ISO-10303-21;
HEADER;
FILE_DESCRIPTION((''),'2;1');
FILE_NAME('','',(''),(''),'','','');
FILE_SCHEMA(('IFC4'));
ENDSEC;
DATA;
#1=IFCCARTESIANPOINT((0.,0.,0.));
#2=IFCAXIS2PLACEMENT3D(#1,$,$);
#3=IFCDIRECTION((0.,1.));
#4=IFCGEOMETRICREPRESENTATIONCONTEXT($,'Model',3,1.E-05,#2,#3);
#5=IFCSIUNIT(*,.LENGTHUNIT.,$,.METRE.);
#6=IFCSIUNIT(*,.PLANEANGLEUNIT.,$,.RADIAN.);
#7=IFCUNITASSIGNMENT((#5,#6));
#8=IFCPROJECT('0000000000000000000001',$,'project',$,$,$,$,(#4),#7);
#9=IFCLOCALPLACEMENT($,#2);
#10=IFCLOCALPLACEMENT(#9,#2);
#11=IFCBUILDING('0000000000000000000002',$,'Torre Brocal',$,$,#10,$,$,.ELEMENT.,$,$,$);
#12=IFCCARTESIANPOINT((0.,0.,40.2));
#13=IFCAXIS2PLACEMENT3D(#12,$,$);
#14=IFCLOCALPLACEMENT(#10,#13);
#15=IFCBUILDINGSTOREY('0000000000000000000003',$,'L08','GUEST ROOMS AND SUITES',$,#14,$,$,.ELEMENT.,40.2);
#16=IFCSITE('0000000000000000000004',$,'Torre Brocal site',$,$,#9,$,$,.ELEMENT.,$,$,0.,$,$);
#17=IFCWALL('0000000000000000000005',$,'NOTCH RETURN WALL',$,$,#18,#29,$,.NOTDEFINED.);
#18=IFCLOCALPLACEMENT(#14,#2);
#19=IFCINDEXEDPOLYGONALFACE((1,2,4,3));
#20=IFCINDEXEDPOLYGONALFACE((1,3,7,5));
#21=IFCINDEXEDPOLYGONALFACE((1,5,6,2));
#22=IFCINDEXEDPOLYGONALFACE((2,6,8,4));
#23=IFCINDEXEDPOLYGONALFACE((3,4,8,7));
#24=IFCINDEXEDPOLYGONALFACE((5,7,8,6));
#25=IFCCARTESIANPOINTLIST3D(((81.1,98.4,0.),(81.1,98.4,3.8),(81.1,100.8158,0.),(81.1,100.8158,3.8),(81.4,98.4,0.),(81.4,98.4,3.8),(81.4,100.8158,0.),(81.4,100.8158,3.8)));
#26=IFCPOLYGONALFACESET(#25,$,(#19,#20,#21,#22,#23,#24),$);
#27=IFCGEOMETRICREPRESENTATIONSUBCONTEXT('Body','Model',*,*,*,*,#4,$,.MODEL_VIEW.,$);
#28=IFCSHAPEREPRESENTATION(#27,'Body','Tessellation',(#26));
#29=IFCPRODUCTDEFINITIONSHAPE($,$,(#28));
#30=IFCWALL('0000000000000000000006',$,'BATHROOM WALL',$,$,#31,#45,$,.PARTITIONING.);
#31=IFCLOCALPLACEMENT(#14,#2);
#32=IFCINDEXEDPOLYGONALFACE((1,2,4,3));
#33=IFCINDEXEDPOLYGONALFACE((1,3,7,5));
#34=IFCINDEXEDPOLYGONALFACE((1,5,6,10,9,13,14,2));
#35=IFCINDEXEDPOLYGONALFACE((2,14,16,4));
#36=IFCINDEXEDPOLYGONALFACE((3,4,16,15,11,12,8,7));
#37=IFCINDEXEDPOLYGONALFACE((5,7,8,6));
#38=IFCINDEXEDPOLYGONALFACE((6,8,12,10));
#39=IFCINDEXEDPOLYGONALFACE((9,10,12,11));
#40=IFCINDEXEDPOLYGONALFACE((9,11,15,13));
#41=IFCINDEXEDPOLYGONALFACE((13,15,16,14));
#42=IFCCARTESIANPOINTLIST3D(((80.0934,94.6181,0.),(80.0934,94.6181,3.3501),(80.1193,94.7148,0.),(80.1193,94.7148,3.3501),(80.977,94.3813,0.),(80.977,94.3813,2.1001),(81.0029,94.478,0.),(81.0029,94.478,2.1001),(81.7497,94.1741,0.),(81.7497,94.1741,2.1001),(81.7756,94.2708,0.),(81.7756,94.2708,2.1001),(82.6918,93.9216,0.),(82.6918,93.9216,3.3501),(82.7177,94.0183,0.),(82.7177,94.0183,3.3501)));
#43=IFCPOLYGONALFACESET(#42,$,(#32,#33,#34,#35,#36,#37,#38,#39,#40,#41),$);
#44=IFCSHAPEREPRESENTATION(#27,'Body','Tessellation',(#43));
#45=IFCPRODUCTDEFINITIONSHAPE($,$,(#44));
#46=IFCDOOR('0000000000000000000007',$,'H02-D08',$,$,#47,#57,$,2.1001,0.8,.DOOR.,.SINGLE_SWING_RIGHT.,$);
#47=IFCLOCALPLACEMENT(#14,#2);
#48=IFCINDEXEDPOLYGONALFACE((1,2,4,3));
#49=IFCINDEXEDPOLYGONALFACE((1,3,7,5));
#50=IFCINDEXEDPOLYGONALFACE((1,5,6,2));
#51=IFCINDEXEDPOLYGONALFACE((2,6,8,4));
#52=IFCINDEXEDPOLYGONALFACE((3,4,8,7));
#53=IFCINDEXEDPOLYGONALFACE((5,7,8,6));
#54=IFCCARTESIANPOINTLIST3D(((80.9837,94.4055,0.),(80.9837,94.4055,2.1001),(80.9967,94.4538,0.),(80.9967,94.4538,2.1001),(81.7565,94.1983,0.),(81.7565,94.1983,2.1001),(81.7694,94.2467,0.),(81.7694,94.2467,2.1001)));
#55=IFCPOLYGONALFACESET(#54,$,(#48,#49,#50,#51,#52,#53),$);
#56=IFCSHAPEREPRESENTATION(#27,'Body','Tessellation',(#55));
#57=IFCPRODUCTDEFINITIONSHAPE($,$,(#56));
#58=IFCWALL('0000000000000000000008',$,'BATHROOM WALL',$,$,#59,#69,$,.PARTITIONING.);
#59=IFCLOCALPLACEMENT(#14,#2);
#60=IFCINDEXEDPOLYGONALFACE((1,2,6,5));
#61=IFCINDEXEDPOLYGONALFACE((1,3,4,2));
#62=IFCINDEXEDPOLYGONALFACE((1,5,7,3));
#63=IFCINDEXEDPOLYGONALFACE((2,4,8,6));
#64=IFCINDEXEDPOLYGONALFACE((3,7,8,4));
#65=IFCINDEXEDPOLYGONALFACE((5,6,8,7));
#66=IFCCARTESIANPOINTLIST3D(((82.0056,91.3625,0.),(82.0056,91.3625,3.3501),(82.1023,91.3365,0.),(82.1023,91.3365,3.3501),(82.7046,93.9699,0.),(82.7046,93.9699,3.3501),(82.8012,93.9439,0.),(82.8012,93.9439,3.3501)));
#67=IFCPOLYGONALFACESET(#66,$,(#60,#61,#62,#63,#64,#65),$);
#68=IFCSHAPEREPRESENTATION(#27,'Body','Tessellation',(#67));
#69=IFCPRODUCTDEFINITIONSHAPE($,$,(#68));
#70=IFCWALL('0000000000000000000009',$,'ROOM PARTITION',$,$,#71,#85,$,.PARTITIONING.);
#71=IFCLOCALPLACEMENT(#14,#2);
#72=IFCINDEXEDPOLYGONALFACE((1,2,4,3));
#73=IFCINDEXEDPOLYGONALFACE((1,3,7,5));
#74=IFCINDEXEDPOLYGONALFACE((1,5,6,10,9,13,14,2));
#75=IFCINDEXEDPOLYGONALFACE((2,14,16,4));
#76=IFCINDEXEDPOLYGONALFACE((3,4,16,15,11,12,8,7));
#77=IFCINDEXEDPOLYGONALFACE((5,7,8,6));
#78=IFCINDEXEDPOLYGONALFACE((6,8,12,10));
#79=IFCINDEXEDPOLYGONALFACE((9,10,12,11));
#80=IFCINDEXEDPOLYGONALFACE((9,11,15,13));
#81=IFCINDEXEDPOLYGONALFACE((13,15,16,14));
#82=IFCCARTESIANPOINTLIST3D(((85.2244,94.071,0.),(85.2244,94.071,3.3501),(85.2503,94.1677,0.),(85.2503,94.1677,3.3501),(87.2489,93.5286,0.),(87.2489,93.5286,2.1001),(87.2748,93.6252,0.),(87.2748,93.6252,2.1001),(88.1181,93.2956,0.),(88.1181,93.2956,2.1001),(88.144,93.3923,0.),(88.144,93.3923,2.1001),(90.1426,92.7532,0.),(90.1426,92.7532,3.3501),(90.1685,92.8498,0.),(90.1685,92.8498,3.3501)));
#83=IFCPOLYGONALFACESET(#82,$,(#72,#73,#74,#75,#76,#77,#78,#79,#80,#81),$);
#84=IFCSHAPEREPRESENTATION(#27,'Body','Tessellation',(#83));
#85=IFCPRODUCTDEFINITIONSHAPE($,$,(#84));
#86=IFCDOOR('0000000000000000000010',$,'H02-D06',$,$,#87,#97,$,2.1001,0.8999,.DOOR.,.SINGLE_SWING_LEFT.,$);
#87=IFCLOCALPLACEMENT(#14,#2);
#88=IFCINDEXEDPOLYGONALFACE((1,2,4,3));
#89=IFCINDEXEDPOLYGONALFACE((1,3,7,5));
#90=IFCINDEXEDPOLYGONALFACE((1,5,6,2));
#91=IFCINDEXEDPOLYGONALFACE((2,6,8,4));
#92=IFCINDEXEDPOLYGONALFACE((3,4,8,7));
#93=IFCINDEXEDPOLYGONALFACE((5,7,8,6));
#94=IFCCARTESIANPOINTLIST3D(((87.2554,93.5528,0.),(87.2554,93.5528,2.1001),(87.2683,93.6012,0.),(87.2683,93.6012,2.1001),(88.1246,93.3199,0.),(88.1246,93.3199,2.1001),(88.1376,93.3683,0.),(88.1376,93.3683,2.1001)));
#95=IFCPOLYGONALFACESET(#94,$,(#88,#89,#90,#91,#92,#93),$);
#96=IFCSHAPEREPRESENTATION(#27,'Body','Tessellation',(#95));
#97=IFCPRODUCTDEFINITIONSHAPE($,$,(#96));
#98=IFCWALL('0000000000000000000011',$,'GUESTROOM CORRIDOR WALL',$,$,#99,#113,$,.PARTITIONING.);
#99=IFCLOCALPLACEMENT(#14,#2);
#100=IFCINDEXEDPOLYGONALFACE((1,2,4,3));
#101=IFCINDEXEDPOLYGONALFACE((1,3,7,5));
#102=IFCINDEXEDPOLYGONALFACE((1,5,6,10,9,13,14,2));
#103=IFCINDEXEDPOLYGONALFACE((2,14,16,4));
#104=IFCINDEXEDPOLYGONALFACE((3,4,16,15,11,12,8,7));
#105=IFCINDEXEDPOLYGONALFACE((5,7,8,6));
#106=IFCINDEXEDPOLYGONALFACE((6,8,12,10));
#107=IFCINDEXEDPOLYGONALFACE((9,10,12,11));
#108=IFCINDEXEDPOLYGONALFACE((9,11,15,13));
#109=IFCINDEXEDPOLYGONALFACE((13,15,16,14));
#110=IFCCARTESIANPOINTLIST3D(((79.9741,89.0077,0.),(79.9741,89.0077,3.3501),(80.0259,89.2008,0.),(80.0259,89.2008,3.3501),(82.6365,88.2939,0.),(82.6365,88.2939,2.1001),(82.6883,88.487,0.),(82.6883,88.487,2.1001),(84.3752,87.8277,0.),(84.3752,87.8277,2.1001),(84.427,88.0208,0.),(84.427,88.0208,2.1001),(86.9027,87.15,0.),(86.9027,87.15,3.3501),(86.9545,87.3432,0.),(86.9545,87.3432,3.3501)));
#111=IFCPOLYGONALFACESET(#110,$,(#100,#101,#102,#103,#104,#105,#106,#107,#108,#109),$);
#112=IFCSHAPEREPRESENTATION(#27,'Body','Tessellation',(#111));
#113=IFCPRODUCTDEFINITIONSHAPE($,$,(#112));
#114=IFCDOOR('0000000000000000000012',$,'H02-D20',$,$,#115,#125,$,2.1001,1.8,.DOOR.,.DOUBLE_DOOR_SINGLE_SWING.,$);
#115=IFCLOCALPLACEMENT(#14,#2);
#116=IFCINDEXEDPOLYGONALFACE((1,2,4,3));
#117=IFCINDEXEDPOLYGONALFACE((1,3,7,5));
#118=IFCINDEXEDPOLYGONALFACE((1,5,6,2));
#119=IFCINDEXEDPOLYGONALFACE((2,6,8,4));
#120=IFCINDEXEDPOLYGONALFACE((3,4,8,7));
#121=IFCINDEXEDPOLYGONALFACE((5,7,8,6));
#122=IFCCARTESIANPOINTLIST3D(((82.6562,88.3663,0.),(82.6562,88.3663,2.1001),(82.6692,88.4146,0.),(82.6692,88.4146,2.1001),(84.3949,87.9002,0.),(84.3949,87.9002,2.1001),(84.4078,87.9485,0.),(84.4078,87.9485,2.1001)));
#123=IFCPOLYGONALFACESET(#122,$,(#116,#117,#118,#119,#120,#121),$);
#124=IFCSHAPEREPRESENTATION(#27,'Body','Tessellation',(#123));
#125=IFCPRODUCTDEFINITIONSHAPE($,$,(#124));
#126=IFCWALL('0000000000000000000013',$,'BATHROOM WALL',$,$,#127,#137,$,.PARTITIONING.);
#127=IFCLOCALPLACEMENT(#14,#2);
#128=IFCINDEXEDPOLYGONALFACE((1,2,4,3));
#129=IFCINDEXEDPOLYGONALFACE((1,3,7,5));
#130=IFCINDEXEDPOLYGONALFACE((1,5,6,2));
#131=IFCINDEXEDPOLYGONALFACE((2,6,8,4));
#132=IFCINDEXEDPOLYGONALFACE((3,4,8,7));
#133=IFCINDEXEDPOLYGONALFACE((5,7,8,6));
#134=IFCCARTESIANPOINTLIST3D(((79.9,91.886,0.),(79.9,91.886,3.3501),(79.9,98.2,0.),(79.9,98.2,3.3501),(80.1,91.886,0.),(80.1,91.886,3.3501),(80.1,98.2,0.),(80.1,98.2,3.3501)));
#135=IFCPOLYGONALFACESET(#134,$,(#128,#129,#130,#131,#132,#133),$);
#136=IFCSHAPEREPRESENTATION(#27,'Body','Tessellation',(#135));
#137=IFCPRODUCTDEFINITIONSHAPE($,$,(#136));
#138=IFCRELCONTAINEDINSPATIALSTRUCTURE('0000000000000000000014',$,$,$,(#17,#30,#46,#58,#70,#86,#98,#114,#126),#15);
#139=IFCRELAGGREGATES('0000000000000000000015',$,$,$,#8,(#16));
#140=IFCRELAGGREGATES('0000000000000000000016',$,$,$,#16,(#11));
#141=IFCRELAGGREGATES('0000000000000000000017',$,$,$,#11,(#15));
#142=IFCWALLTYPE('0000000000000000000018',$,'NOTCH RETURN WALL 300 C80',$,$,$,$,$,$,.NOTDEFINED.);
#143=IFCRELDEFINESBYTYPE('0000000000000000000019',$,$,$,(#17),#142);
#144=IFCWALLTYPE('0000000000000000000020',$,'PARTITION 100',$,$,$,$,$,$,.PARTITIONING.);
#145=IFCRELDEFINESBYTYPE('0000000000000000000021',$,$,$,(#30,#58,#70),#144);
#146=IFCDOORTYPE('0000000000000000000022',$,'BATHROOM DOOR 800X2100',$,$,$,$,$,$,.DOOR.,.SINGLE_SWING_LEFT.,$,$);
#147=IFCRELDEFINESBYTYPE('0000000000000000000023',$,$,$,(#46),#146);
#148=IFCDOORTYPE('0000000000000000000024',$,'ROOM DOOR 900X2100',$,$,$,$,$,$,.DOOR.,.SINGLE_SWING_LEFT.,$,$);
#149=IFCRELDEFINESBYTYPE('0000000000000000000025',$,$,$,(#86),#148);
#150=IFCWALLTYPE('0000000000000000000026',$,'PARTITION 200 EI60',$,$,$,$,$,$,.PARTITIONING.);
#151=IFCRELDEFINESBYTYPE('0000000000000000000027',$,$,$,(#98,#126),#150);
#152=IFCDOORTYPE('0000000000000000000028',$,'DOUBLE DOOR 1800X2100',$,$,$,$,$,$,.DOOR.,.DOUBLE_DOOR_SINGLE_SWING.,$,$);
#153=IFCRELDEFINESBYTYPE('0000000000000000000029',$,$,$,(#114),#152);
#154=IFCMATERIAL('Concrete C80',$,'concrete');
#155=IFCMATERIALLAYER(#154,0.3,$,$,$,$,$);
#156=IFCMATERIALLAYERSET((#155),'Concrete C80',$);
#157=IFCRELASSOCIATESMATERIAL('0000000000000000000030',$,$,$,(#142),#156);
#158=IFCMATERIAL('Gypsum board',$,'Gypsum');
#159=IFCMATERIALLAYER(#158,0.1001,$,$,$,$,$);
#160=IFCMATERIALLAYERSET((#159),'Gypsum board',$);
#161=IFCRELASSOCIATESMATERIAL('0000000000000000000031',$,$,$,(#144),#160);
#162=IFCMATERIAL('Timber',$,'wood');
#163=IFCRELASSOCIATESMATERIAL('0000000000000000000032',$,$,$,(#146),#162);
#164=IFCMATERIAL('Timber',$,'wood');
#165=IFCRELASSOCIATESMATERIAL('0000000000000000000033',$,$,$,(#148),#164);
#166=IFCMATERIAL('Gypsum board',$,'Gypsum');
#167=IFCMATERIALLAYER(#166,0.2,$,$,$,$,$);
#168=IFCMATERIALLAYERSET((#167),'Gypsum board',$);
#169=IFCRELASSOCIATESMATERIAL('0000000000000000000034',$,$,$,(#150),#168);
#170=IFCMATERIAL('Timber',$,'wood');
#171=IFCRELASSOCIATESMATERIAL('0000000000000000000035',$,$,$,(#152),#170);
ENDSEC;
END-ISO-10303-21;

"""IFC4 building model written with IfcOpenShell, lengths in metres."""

from ifc_helpers import new_model, si_unit, direction, frame, frame_2d, origin, place, context, subcontext, project, spatial, rectangle, extrude, material, layer, layer_set, type_object, element, fill, save


model = new_model("IFC4")

# Units and contexts
model_context = context("Model", 3, precision=1e-05, world=origin(), true_north=direction((0.0, 1.0)))
body_context = subcontext(model_context, "Body", "Model", "MODEL_VIEW")
ifc_project = project(units=[si_unit("LENGTHUNIT", "METRE"), si_unit("PLANEANGLEUNIT", "RADIAN")], contexts=[model_context])

# Site, building, storey
site_placement = place(None, origin())
site = spatial("IfcSite", under=ifc_project, at=site_placement, Name="Torre Brocal site", CompositionType="ELEMENT", RefElevation=0.0)
building_placement = place(site_placement, origin())
building = spatial("IfcBuilding", under=site, at=building_placement, Name="Torre Brocal", CompositionType="ELEMENT")
storey_placement = place(building_placement, frame((0.0, 0.0, 40.2)))
storey = spatial("IfcBuildingStorey", under=building, at=storey_placement, Name="L08", Description="GUEST ROOMS AND SUITES", CompositionType="ELEMENT", Elevation=40.2)

# Wall
ifc_material_1 = material(Name="Concrete C80", Category="concrete")
ifc_layer_1 = layer(ifc_material_1, 0.3)
ifc_layer_set_1 = layer_set([ifc_layer_1], Name="Concrete C80")
wall_type_1 = type_object("IfcWallType", Name="NOTCH RETURN WALL 300 C80", PredefinedType="NOTDEFINED", material=ifc_layer_set_1)
wall_1_placement = place(storey_placement, frame((81.25, 98.3999, 0.0), z_axis=(0.0, 0.0, 1.0), x_axis=(0.0, 1.0, 0.0)))
element("IfcWall", 1, at=wall_1_placement, inside=storey, type_object=wall_type_1, Name="NOTCH RETURN WALL", PredefinedType="NOTDEFINED", context=body_context, shape_type="SweptSolid", body=[
    extrude(rectangle(XDim=2.4158, YDim=0.3, at=frame_2d((1.208, 0.0))), origin(), (0.0, 0.0, 1.0), 3.8),
])

# Wall, opening, door
ifc_material_2 = material(Name="Gypsum board", Category="Gypsum")
ifc_layer_2 = layer(ifc_material_2, 0.1001)
ifc_layer_set_2 = layer_set([ifc_layer_2], Name="Gypsum board")
wall_type_2 = type_object("IfcWallType", Name="PARTITION 100", PredefinedType="PARTITIONING", material=ifc_layer_set_2)
wall_2_placement = place(storey_placement, frame((80.1062, 94.6665, 0.0), z_axis=(0.0, 0.0, 1.0), x_axis=(0.965898, -0.258922, 0.0)))
wall_2 = element("IfcWall", 2, at=wall_2_placement, inside=storey, type_object=wall_type_2, Name="BATHROOM WALL", PredefinedType="PARTITIONING", context=body_context, shape_type="SweptSolid", body=[
    extrude(rectangle(XDim=2.6902, YDim=0.1001, at=frame_2d((1.3452, 0.0))), origin(), (0.0, 0.0, 1.0), 3.3501),
])
opening_1_placement = place(wall_2_placement, frame((0.915, 0.0, 0.0)))
opening_1 = element("IfcOpeningElement", 3, at=opening_1_placement, cuts=wall_2, PredefinedType="OPENING", context=body_context, shape_type="SweptSolid", body=[
    extrude(rectangle(XDim=0.8, YDim=2.1001, at=frame_2d((0.3999, 1.05))), frame((0.0, 0.0601, 0.0), z_axis=(0.0, -1.0, 0.0), x_axis=(1.0, 0.0, 0.0)), (0.0, 0.0, 1.0), 0.1201),
])
ifc_material_3 = material(Name="Timber", Category="wood")
door_type_1 = type_object("IfcDoorType", Name="BATHROOM DOOR 800X2100", OperationType="SINGLE_SWING_LEFT", PredefinedType="DOOR", material=ifc_material_3)
door_1_placement = place(opening_1_placement, frame((0.8, 0.0, 0.0), z_axis=(0.0, 0.0, 1.0), x_axis=(-1.0, 0.0, 0.0)))
door_1 = element("IfcDoor", 4, at=door_1_placement, inside=storey, type_object=door_type_1, Name="H02-D08", OperationType="SINGLE_SWING_RIGHT", OverallHeight=2.1001, OverallWidth=0.8, PredefinedType="DOOR", context=body_context, shape_type="SweptSolid", body=[
    extrude(rectangle(XDim=0.8, YDim=2.1001, at=frame_2d((0.3999, 1.05))), frame((0.0, 0.0249, 0.0), z_axis=(0.0, -1.0, 0.0), x_axis=(1.0, 0.0, 0.0)), (0.0, 0.0, 1.0), 0.05),
])
fill(opening_1, door_1)

# Wall
wall_3_placement = place(storey_placement, frame((82.054, 91.3496, 0.0), z_axis=(0.0, 0.0, 1.0), x_axis=(0.258929, 0.965896, 0.0)))
element("IfcWall", 5, at=wall_3_placement, inside=storey, type_object=wall_type_2, Name="BATHROOM WALL", PredefinedType="PARTITIONING", context=body_context, shape_type="SweptSolid", body=[
    extrude(rectangle(XDim=2.6995, YDim=0.1001, at=frame_2d((1.3496, 0.0))), origin(), (0.0, 0.0, 1.0), 3.3501),
])

# Walls, openings, doors
wall_4_placement = place(storey_placement, frame((85.2373, 94.1194, 0.0), z_axis=(0.0, 0.0, 1.0), x_axis=(0.965924, -0.258826, 0.0)))
wall_4 = element("IfcWall", 6, at=wall_4_placement, inside=storey, type_object=wall_type_2, Name="ROOM PARTITION", PredefinedType="PARTITIONING", context=body_context, shape_type="SweptSolid", body=[
    extrude(rectangle(XDim=5.0918, YDim=0.1001, at=frame_2d((2.5459, 0.0))), origin(), (0.0, 0.0, 1.0), 3.3501),
])
opening_2_placement = place(wall_4_placement, frame((2.0959, 0.0, 0.0)))
opening_2 = element("IfcOpeningElement", 7, at=opening_2_placement, cuts=wall_4, PredefinedType="OPENING", context=body_context, shape_type="SweptSolid", body=[
    extrude(rectangle(XDim=0.8999, YDim=2.1001, at=frame_2d((0.45, 1.05))), frame((0.0, 0.0601, 0.0), z_axis=(0.0, -1.0, 0.0), x_axis=(1.0, 0.0, 0.0)), (0.0, 0.0, 1.0), 0.1201),
])
ifc_material_4 = material(Name="Timber", Category="wood")
door_type_2 = type_object("IfcDoorType", Name="ROOM DOOR 900X2100", OperationType="SINGLE_SWING_LEFT", PredefinedType="DOOR", material=ifc_material_4)
door_2_placement = place(opening_2_placement, frame((0.8999, 0.0, 0.0), z_axis=(0.0, 0.0, 1.0), x_axis=(-1.0, 0.0, 0.0)))
door_2 = element("IfcDoor", 8, at=door_2_placement, inside=storey, type_object=door_type_2, Name="H02-D06", OperationType="SINGLE_SWING_LEFT", OverallHeight=2.1001, OverallWidth=0.8999, PredefinedType="DOOR", context=body_context, shape_type="SweptSolid", body=[
    extrude(rectangle(XDim=0.8999, YDim=2.1001, at=frame_2d((0.45, 1.05))), frame((0.0, 0.0249, 0.0), z_axis=(0.0, -1.0, 0.0), x_axis=(1.0, 0.0, 0.0)), (0.0, 0.0, 1.0), 0.05),
])
fill(opening_2, door_2)
ifc_material_5 = material(Name="Gypsum board", Category="Gypsum")
ifc_layer_3 = layer(ifc_material_5, 0.2)
ifc_layer_set_3 = layer_set([ifc_layer_3], Name="Gypsum board")
wall_type_3 = type_object("IfcWallType", Name="PARTITION 200 EI60", PredefinedType="PARTITIONING", material=ifc_layer_set_3)
wall_5_placement = place(storey_placement, frame((80.0, 89.1042, 0.0), z_axis=(0.0, 0.0, 1.0), x_axis=(0.965887, -0.258965, 0.0)))
wall_5 = element("IfcWall", 9, at=wall_5_placement, inside=storey, type_object=wall_type_3, Name="GUESTROOM CORRIDOR WALL", PredefinedType="PARTITIONING", context=body_context, shape_type="SweptSolid", body=[
    extrude(rectangle(XDim=7.1733, YDim=0.2, at=frame_2d((3.5867, 0.0))), origin(), (0.0, 0.0, 1.0), 3.3501),
])
opening_3_placement = place(wall_5_placement, frame((2.7566, 0.0, 0.0)))
opening_3 = element("IfcOpeningElement", 10, at=opening_3_placement, cuts=wall_5, PredefinedType="OPENING", context=body_context, shape_type="SweptSolid", body=[
    extrude(rectangle(XDim=1.8, YDim=2.1001, at=frame_2d((0.8999, 1.05))), frame((0.0, 0.1099, 0.0), z_axis=(0.0, -1.0, 0.0), x_axis=(1.0, 0.0, 0.0)), (0.0, 0.0, 1.0), 0.22),
])
ifc_material_6 = material(Name="Timber", Category="wood")
door_type_3 = type_object("IfcDoorType", Name="DOUBLE DOOR 1800X2100", OperationType="DOUBLE_DOOR_SINGLE_SWING", PredefinedType="DOOR", material=ifc_material_6)
door_3_placement = place(opening_3_placement, frame((1.8, 0.0, 0.0), z_axis=(0.0, 0.0, 1.0), x_axis=(-1.0, 0.0, 0.0)))
door_3 = element("IfcDoor", 11, at=door_3_placement, inside=storey, type_object=door_type_3, Name="H02-D20", OperationType="DOUBLE_DOOR_SINGLE_SWING", OverallHeight=2.1001, OverallWidth=1.8, PredefinedType="DOOR", context=body_context, shape_type="SweptSolid", body=[
    extrude(rectangle(XDim=1.8, YDim=2.1001, at=frame_2d((0.8999, 1.05))), frame((0.0, 0.0249, 0.0), z_axis=(0.0, -1.0, 0.0), x_axis=(1.0, 0.0, 0.0)), (0.0, 0.0, 1.0), 0.05),
])
fill(opening_3, door_3)

# Wall
wall_6_placement = place(storey_placement, frame((80.0, 91.886, 0.0), z_axis=(0.0, 0.0, 1.0), x_axis=(0.0, 1.0, 0.0)))
element("IfcWall", 12, at=wall_6_placement, inside=storey, type_object=wall_type_3, Name="BATHROOM WALL", PredefinedType="PARTITIONING", context=body_context, shape_type="SweptSolid", body=[
    extrude(rectangle(XDim=6.314, YDim=0.2, at=frame_2d((3.157, 0.0))), origin(), (0.0, 0.0, 1.0), 3.3501),
])

save(model, "model.ifc")
